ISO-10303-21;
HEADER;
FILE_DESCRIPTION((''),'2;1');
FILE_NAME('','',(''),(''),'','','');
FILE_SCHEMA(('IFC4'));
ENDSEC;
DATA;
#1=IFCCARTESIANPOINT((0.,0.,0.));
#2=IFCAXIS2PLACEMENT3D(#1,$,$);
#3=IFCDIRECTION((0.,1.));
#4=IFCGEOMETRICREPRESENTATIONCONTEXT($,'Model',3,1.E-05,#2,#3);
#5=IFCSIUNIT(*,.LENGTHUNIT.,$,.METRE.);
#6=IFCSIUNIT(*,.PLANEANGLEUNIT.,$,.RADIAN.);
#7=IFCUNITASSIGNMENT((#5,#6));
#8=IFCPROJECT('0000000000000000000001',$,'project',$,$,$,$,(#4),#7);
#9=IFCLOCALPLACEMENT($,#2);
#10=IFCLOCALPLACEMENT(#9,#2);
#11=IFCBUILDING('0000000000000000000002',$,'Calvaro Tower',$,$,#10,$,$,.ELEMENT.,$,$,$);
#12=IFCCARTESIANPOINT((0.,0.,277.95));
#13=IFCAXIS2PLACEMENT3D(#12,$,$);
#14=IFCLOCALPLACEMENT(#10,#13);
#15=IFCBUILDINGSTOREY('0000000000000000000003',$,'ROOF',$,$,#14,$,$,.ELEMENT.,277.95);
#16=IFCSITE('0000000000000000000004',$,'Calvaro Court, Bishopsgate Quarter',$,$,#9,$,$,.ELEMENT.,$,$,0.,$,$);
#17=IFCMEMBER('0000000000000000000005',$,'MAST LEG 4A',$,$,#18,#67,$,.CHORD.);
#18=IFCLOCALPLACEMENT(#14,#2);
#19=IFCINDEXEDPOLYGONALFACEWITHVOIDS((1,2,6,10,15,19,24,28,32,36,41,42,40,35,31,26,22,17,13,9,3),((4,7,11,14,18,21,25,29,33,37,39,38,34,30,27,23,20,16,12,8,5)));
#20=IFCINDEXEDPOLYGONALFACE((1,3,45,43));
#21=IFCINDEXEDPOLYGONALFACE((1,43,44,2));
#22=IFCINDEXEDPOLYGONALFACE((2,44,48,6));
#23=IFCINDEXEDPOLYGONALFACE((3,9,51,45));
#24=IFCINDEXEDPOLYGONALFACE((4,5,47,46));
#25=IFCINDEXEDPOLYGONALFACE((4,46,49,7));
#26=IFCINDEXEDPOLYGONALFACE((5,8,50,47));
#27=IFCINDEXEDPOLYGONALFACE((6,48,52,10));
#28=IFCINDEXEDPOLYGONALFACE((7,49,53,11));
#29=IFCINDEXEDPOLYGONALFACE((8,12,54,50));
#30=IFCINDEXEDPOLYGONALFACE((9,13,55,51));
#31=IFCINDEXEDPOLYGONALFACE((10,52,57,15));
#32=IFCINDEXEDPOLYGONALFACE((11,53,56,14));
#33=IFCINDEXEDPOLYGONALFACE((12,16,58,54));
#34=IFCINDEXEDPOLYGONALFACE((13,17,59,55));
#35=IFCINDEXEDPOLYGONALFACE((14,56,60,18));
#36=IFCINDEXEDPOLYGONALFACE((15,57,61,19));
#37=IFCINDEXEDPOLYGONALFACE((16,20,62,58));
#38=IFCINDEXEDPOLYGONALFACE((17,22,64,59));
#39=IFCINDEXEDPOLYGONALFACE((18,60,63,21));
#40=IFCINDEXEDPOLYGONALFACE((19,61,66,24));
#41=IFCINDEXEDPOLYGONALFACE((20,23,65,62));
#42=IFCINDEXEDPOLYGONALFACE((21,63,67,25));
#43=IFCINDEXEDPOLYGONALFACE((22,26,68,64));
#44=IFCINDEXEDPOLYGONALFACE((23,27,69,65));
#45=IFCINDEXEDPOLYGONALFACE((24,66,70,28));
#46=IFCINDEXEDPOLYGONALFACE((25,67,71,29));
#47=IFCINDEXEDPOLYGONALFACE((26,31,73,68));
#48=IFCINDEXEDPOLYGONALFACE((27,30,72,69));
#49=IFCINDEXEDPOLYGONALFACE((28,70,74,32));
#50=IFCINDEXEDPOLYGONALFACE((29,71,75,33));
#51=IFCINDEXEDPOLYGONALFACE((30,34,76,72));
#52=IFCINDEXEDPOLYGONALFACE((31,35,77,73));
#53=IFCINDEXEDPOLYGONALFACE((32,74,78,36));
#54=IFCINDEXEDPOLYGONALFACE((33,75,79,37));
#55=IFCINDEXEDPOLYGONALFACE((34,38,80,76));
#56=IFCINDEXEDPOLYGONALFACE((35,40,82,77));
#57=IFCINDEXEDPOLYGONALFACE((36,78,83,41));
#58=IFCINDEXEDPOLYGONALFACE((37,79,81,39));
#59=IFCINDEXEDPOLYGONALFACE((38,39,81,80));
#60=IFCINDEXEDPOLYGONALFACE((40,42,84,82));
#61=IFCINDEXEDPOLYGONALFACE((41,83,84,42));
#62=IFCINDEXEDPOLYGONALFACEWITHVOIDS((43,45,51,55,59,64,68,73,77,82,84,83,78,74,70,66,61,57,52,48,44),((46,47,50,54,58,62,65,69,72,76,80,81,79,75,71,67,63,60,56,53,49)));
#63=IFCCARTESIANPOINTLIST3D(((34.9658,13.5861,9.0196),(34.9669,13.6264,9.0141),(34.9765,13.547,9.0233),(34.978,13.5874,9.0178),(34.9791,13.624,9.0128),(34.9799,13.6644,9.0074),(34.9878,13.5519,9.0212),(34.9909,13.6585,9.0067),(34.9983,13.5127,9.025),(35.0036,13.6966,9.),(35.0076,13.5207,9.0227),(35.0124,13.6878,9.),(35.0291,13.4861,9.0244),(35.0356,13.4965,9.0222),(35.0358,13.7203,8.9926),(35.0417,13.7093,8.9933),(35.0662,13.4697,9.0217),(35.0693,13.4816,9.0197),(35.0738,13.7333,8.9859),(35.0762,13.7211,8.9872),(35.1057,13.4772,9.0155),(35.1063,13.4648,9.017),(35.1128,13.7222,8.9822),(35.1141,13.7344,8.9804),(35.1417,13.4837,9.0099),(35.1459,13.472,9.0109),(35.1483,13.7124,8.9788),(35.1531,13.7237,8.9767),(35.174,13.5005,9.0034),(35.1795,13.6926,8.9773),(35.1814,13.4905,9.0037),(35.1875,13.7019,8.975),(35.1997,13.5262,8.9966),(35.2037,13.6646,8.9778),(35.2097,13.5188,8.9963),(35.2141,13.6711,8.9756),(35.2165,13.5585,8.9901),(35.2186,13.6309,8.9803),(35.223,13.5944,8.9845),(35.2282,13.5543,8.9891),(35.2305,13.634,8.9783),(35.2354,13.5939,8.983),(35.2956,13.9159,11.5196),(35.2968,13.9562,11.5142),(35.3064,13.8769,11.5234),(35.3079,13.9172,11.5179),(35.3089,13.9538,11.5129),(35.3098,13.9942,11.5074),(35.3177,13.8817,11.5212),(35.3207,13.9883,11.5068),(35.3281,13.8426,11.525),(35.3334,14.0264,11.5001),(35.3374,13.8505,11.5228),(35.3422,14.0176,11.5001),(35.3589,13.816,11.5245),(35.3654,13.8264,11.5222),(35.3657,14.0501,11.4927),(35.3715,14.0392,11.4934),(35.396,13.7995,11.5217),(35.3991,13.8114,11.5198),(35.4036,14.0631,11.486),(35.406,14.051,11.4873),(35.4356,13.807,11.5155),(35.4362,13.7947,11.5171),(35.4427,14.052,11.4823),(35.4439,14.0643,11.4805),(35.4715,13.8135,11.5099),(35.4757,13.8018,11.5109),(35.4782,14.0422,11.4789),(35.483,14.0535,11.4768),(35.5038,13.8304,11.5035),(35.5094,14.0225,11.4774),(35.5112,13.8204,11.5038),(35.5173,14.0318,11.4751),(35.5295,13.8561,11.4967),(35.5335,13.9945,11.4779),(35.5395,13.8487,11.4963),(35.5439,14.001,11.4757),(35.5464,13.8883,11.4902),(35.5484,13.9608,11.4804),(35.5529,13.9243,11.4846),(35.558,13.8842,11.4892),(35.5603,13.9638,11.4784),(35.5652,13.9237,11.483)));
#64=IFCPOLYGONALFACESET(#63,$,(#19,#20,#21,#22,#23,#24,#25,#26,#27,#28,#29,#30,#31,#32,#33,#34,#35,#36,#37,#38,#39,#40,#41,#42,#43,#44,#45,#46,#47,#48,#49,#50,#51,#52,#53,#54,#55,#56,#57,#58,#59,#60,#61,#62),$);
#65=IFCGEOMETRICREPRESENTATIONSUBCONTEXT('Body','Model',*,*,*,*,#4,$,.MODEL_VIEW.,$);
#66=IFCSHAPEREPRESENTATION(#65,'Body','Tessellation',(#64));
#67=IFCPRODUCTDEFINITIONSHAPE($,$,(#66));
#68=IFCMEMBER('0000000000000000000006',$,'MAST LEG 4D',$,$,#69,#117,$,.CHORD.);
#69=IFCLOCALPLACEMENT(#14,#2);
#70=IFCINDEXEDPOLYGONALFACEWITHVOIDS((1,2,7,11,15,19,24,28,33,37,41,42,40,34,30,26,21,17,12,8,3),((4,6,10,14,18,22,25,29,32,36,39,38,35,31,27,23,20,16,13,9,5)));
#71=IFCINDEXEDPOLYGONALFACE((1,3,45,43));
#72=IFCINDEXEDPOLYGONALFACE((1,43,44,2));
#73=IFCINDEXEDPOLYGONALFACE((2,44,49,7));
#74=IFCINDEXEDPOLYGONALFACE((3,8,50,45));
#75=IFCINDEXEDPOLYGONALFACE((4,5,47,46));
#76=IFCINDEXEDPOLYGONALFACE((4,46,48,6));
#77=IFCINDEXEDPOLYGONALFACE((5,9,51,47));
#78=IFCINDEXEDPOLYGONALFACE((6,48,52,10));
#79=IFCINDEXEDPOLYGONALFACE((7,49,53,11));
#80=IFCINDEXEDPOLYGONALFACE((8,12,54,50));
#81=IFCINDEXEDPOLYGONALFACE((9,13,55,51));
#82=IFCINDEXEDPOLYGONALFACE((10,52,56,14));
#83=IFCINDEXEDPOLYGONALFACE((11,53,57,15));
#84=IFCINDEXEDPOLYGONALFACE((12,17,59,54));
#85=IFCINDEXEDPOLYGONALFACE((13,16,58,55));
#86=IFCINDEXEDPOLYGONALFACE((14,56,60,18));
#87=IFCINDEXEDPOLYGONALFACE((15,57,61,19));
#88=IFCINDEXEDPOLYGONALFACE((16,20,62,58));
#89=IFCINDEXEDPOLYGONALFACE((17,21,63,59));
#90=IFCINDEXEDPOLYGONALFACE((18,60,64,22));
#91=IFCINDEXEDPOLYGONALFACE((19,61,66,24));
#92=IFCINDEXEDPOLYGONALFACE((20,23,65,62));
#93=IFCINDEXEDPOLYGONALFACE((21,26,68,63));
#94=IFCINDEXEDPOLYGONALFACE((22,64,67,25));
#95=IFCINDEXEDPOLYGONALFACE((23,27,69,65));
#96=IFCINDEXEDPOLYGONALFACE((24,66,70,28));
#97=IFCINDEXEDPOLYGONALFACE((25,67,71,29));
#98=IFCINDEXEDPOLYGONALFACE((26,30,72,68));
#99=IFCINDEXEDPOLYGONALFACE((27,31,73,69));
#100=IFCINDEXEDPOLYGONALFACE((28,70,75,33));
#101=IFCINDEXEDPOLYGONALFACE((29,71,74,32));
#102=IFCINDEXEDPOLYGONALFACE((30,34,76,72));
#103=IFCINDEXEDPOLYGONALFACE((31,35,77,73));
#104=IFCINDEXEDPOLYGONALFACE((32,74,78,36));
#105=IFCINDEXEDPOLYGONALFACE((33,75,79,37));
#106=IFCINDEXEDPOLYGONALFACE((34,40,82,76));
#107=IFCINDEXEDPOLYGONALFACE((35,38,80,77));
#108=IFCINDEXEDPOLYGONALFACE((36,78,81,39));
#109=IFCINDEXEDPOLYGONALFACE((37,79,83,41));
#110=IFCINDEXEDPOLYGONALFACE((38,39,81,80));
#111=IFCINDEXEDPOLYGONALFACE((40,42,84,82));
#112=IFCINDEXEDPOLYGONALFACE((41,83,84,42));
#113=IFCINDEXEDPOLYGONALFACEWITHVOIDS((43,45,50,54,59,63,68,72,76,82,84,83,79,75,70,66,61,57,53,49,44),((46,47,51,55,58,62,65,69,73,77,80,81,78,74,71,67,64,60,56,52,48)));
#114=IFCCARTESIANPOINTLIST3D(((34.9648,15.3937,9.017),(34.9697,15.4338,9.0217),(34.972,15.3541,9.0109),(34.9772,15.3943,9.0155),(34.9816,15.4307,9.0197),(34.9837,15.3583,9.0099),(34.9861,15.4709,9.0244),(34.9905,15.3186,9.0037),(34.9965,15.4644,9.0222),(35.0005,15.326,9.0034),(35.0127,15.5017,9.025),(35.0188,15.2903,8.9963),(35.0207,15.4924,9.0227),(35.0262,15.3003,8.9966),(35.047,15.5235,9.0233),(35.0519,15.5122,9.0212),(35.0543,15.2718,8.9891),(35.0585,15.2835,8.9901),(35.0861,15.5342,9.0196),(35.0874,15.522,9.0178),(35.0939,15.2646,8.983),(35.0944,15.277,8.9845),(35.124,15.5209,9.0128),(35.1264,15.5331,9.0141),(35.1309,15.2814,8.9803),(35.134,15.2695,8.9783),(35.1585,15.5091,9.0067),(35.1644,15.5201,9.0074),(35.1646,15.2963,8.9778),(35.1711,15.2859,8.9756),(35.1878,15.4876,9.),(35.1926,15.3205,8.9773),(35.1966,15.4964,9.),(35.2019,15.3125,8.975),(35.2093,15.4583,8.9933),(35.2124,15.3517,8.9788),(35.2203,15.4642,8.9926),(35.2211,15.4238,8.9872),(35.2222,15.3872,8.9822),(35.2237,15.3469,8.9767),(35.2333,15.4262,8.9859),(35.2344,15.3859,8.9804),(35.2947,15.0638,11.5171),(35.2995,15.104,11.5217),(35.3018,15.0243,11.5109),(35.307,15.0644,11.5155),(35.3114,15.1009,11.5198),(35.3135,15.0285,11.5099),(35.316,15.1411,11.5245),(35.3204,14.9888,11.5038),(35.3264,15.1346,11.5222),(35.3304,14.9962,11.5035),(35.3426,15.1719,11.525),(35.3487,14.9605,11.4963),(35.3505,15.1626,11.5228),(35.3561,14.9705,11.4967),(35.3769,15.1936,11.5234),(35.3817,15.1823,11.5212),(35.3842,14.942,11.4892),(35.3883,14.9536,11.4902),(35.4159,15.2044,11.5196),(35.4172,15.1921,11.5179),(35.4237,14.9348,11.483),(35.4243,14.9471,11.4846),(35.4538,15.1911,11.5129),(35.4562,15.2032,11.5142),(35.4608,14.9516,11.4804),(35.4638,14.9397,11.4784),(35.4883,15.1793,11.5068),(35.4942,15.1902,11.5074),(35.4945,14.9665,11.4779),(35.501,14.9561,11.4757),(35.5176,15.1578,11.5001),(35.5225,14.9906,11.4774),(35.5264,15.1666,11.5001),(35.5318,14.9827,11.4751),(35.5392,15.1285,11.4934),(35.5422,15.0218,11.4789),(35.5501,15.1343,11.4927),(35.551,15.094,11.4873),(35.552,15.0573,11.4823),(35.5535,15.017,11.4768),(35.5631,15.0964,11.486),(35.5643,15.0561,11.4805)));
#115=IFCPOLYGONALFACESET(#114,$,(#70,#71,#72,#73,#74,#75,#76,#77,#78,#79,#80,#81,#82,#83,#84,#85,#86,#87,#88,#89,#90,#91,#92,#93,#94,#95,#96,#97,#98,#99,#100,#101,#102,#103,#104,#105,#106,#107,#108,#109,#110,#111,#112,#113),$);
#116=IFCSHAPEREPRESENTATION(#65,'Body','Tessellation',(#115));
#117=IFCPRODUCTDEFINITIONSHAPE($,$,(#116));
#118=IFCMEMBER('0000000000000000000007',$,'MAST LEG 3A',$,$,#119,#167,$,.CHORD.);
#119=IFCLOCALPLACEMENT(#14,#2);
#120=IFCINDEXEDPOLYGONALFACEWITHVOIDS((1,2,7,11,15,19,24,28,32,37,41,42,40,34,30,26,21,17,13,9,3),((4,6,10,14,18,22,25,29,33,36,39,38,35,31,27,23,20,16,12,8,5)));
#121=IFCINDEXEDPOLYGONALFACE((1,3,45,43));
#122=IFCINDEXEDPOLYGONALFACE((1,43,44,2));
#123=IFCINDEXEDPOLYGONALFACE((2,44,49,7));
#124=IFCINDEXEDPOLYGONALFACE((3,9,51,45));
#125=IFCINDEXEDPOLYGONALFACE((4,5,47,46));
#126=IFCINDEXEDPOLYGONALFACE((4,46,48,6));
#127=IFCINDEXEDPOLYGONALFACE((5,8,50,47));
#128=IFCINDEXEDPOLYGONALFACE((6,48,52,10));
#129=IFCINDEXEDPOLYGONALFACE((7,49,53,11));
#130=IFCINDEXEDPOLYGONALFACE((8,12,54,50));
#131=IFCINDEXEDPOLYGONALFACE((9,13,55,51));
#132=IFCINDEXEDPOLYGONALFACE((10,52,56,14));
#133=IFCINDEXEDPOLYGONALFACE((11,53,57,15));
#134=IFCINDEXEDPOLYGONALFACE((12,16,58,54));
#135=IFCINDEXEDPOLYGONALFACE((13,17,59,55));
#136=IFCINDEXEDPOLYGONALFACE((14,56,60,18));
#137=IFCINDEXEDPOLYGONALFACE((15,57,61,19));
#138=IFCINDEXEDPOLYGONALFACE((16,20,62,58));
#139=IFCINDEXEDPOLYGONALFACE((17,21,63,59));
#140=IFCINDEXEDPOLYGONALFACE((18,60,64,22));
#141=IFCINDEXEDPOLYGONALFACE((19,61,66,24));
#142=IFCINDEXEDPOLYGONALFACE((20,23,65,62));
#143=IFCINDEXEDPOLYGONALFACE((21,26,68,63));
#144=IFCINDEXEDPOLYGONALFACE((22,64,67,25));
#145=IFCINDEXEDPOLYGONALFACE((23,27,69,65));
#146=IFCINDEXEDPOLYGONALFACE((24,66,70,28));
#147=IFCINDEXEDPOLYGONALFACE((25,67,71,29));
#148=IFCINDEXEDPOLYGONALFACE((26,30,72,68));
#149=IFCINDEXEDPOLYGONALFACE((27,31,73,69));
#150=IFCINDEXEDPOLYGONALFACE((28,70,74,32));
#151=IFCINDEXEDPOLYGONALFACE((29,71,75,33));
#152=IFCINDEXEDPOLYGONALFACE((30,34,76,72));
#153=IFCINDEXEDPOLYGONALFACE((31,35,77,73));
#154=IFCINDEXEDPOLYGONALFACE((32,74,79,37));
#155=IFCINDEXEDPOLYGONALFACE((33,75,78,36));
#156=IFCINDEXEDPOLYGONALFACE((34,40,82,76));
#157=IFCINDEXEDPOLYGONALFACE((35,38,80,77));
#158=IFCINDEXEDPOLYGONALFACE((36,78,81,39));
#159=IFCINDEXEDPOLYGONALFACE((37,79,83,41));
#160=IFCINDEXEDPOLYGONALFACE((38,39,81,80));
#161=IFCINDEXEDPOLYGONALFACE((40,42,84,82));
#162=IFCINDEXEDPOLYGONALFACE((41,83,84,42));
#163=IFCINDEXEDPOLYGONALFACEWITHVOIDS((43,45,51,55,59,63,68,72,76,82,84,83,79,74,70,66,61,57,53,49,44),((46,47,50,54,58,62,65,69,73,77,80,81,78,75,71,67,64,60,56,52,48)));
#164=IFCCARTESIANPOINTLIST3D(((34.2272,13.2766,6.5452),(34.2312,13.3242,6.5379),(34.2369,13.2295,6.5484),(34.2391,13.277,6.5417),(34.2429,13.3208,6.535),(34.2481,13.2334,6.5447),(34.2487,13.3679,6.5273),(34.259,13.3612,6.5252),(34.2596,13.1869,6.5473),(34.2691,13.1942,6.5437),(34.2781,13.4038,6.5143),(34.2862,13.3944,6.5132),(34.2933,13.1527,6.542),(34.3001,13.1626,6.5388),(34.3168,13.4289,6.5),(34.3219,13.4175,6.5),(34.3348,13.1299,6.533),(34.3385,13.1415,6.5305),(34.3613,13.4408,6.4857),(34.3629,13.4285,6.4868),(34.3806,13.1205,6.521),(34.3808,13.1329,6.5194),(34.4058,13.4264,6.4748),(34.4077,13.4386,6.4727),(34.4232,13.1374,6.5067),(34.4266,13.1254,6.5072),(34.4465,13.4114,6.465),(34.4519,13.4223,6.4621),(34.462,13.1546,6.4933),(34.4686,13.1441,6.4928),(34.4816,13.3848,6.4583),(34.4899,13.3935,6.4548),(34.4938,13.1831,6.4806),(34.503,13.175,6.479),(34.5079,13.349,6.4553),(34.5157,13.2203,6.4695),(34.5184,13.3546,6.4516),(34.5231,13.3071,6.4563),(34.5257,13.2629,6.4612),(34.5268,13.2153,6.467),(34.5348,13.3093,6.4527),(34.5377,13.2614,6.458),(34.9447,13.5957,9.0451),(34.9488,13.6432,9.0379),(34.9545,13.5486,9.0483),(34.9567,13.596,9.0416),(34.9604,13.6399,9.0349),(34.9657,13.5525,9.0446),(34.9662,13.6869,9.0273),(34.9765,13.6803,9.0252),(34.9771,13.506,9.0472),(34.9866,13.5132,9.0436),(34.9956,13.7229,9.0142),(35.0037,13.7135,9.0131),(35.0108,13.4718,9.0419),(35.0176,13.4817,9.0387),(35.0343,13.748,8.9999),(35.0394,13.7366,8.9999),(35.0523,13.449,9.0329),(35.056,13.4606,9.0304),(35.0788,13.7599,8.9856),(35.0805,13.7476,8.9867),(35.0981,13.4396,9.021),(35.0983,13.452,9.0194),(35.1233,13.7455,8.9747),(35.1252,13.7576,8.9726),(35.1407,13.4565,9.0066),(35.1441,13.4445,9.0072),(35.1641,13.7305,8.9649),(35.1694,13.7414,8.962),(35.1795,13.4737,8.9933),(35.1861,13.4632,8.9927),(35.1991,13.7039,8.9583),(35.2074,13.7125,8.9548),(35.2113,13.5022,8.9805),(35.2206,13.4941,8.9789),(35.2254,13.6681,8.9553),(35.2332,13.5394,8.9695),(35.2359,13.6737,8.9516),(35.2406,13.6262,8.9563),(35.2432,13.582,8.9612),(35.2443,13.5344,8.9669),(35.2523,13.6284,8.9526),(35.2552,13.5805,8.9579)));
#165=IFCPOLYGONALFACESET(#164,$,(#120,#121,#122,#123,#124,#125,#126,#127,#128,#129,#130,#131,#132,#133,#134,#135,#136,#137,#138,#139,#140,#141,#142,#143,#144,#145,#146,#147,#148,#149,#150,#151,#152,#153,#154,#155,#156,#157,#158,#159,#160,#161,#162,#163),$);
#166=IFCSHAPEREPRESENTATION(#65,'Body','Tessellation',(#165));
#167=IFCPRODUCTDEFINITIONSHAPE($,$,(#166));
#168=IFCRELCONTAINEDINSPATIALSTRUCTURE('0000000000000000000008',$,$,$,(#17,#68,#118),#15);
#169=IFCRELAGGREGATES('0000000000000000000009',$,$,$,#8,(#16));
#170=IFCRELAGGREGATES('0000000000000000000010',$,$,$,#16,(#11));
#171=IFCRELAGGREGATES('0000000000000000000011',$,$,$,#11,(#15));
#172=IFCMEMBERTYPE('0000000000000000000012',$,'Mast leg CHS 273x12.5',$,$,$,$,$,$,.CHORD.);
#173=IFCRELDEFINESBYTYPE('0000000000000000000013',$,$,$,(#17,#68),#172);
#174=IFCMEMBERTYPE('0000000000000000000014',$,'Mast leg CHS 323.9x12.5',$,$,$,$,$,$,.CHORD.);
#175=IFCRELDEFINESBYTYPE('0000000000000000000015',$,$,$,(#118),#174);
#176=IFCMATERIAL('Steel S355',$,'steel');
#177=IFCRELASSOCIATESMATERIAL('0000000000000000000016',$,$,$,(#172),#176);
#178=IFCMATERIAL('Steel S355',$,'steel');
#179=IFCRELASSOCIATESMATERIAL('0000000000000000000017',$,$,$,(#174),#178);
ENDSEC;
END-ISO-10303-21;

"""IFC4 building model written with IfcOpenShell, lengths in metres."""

from ifc_helpers import new_model, si_unit, direction, frame, origin, origin_2d, place, context, subcontext, project, spatial, hollow_circle, extrude, material, material_profile, profile_set, type_object, element, save


model = new_model("IFC4")

# Units and contexts
model_context = context("Model", 3, precision=1e-05, world=origin(), true_north=direction((0.0, 1.0)))
body_context = subcontext(model_context, "Body", "Model", "MODEL_VIEW")
ifc_project = project(units=[si_unit("LENGTHUNIT", "METRE"), si_unit("PLANEANGLEUNIT", "RADIAN")], contexts=[model_context])

# Site, building, storey
site_placement = place(None, origin())
site = spatial("IfcSite", under=ifc_project, at=site_placement, Name="Calvaro Court, Bishopsgate Quarter", CompositionType="ELEMENT", RefElevation=0.0)
building_placement = place(site_placement, origin())
building = spatial("IfcBuilding", under=site, at=building_placement, Name="Calvaro Tower", CompositionType="ELEMENT")
storey_placement = place(building_placement, frame((0.0, 0.0, 277.95)))
storey = spatial("IfcBuildingStorey", under=building, at=storey_placement, Name="ROOF", CompositionType="ELEMENT", Elevation=277.95)

# Members
ifc_material_1 = material(Name="Steel S355", Category="steel")
ifc_material_profile_1 = material_profile(ifc_material_1, hollow_circle(Radius=0.1365, WallThickness=0.0125, at=origin_2d()), Name="CHS 273x12.5")
ifc_profile_set_1 = profile_set([ifc_material_profile_1], Name="Steel S355")
member_type_1 = type_object("IfcMemberType", Name="Mast leg CHS 273x12.5", PredefinedType="CHORD", material=ifc_profile_set_1)
for number, where, z_axis, x_axis, name in (
    (1, (35.1001, 13.6001, 9.0), (0.129695, 0.129695, 0.983035), (-0.707107, 0.707107, 0.0), "MAST LEG 4A"),
    (2, (35.1001, 15.3999, 9.0), (0.129695, -0.129695, 0.983035), (0.707107, 0.707107, 0.0), "MAST LEG 4D"),
):
    element("IfcMember", number, at=place(storey_placement, frame(where, z_axis=z_axis, x_axis=x_axis)), inside=storey, type_object=member_type_1, Name=name, PredefinedType="CHORD", context=body_context, shape_type="SweptSolid", body=[
        extrude(hollow_circle(Radius=0.1365, WallThickness=0.0125, at=origin_2d()), origin(), (0.0, 0.0, 1.0), 2.5432),
    ])
ifc_material_2 = material(Name="Steel S355", Category="steel")
ifc_material_profile_2 = material_profile(ifc_material_2, hollow_circle(Radius=0.1619, WallThickness=0.0125, at=origin_2d()), Name="CHS 323.9x12.5")
ifc_profile_set_2 = profile_set([ifc_material_profile_2], Name="Steel S355")
member_type_2 = type_object("IfcMemberType", Name="Mast leg CHS 323.9x12.5", PredefinedType="CHORD", material=ifc_profile_set_2)
for number, where, z_axis, x_axis, name in (
    (3, (34.3826, 13.281, 6.5), (0.273821, 0.121771, 0.954041), (-0.40634, 0.913722, 0.0), "MAST LEG 3A"),
):
    element("IfcMember", number, at=place(storey_placement, frame(where, z_axis=z_axis, x_axis=x_axis)), inside=storey, type_object=member_type_2, Name=name, PredefinedType="CHORD", context=body_context, shape_type="SweptSolid", body=[
        extrude(hollow_circle(Radius=0.1619, WallThickness=0.0125, at=origin_2d()), origin(), (0.0, 0.0, 1.0), 2.6204),
    ])

save(model, "model.ifc")
